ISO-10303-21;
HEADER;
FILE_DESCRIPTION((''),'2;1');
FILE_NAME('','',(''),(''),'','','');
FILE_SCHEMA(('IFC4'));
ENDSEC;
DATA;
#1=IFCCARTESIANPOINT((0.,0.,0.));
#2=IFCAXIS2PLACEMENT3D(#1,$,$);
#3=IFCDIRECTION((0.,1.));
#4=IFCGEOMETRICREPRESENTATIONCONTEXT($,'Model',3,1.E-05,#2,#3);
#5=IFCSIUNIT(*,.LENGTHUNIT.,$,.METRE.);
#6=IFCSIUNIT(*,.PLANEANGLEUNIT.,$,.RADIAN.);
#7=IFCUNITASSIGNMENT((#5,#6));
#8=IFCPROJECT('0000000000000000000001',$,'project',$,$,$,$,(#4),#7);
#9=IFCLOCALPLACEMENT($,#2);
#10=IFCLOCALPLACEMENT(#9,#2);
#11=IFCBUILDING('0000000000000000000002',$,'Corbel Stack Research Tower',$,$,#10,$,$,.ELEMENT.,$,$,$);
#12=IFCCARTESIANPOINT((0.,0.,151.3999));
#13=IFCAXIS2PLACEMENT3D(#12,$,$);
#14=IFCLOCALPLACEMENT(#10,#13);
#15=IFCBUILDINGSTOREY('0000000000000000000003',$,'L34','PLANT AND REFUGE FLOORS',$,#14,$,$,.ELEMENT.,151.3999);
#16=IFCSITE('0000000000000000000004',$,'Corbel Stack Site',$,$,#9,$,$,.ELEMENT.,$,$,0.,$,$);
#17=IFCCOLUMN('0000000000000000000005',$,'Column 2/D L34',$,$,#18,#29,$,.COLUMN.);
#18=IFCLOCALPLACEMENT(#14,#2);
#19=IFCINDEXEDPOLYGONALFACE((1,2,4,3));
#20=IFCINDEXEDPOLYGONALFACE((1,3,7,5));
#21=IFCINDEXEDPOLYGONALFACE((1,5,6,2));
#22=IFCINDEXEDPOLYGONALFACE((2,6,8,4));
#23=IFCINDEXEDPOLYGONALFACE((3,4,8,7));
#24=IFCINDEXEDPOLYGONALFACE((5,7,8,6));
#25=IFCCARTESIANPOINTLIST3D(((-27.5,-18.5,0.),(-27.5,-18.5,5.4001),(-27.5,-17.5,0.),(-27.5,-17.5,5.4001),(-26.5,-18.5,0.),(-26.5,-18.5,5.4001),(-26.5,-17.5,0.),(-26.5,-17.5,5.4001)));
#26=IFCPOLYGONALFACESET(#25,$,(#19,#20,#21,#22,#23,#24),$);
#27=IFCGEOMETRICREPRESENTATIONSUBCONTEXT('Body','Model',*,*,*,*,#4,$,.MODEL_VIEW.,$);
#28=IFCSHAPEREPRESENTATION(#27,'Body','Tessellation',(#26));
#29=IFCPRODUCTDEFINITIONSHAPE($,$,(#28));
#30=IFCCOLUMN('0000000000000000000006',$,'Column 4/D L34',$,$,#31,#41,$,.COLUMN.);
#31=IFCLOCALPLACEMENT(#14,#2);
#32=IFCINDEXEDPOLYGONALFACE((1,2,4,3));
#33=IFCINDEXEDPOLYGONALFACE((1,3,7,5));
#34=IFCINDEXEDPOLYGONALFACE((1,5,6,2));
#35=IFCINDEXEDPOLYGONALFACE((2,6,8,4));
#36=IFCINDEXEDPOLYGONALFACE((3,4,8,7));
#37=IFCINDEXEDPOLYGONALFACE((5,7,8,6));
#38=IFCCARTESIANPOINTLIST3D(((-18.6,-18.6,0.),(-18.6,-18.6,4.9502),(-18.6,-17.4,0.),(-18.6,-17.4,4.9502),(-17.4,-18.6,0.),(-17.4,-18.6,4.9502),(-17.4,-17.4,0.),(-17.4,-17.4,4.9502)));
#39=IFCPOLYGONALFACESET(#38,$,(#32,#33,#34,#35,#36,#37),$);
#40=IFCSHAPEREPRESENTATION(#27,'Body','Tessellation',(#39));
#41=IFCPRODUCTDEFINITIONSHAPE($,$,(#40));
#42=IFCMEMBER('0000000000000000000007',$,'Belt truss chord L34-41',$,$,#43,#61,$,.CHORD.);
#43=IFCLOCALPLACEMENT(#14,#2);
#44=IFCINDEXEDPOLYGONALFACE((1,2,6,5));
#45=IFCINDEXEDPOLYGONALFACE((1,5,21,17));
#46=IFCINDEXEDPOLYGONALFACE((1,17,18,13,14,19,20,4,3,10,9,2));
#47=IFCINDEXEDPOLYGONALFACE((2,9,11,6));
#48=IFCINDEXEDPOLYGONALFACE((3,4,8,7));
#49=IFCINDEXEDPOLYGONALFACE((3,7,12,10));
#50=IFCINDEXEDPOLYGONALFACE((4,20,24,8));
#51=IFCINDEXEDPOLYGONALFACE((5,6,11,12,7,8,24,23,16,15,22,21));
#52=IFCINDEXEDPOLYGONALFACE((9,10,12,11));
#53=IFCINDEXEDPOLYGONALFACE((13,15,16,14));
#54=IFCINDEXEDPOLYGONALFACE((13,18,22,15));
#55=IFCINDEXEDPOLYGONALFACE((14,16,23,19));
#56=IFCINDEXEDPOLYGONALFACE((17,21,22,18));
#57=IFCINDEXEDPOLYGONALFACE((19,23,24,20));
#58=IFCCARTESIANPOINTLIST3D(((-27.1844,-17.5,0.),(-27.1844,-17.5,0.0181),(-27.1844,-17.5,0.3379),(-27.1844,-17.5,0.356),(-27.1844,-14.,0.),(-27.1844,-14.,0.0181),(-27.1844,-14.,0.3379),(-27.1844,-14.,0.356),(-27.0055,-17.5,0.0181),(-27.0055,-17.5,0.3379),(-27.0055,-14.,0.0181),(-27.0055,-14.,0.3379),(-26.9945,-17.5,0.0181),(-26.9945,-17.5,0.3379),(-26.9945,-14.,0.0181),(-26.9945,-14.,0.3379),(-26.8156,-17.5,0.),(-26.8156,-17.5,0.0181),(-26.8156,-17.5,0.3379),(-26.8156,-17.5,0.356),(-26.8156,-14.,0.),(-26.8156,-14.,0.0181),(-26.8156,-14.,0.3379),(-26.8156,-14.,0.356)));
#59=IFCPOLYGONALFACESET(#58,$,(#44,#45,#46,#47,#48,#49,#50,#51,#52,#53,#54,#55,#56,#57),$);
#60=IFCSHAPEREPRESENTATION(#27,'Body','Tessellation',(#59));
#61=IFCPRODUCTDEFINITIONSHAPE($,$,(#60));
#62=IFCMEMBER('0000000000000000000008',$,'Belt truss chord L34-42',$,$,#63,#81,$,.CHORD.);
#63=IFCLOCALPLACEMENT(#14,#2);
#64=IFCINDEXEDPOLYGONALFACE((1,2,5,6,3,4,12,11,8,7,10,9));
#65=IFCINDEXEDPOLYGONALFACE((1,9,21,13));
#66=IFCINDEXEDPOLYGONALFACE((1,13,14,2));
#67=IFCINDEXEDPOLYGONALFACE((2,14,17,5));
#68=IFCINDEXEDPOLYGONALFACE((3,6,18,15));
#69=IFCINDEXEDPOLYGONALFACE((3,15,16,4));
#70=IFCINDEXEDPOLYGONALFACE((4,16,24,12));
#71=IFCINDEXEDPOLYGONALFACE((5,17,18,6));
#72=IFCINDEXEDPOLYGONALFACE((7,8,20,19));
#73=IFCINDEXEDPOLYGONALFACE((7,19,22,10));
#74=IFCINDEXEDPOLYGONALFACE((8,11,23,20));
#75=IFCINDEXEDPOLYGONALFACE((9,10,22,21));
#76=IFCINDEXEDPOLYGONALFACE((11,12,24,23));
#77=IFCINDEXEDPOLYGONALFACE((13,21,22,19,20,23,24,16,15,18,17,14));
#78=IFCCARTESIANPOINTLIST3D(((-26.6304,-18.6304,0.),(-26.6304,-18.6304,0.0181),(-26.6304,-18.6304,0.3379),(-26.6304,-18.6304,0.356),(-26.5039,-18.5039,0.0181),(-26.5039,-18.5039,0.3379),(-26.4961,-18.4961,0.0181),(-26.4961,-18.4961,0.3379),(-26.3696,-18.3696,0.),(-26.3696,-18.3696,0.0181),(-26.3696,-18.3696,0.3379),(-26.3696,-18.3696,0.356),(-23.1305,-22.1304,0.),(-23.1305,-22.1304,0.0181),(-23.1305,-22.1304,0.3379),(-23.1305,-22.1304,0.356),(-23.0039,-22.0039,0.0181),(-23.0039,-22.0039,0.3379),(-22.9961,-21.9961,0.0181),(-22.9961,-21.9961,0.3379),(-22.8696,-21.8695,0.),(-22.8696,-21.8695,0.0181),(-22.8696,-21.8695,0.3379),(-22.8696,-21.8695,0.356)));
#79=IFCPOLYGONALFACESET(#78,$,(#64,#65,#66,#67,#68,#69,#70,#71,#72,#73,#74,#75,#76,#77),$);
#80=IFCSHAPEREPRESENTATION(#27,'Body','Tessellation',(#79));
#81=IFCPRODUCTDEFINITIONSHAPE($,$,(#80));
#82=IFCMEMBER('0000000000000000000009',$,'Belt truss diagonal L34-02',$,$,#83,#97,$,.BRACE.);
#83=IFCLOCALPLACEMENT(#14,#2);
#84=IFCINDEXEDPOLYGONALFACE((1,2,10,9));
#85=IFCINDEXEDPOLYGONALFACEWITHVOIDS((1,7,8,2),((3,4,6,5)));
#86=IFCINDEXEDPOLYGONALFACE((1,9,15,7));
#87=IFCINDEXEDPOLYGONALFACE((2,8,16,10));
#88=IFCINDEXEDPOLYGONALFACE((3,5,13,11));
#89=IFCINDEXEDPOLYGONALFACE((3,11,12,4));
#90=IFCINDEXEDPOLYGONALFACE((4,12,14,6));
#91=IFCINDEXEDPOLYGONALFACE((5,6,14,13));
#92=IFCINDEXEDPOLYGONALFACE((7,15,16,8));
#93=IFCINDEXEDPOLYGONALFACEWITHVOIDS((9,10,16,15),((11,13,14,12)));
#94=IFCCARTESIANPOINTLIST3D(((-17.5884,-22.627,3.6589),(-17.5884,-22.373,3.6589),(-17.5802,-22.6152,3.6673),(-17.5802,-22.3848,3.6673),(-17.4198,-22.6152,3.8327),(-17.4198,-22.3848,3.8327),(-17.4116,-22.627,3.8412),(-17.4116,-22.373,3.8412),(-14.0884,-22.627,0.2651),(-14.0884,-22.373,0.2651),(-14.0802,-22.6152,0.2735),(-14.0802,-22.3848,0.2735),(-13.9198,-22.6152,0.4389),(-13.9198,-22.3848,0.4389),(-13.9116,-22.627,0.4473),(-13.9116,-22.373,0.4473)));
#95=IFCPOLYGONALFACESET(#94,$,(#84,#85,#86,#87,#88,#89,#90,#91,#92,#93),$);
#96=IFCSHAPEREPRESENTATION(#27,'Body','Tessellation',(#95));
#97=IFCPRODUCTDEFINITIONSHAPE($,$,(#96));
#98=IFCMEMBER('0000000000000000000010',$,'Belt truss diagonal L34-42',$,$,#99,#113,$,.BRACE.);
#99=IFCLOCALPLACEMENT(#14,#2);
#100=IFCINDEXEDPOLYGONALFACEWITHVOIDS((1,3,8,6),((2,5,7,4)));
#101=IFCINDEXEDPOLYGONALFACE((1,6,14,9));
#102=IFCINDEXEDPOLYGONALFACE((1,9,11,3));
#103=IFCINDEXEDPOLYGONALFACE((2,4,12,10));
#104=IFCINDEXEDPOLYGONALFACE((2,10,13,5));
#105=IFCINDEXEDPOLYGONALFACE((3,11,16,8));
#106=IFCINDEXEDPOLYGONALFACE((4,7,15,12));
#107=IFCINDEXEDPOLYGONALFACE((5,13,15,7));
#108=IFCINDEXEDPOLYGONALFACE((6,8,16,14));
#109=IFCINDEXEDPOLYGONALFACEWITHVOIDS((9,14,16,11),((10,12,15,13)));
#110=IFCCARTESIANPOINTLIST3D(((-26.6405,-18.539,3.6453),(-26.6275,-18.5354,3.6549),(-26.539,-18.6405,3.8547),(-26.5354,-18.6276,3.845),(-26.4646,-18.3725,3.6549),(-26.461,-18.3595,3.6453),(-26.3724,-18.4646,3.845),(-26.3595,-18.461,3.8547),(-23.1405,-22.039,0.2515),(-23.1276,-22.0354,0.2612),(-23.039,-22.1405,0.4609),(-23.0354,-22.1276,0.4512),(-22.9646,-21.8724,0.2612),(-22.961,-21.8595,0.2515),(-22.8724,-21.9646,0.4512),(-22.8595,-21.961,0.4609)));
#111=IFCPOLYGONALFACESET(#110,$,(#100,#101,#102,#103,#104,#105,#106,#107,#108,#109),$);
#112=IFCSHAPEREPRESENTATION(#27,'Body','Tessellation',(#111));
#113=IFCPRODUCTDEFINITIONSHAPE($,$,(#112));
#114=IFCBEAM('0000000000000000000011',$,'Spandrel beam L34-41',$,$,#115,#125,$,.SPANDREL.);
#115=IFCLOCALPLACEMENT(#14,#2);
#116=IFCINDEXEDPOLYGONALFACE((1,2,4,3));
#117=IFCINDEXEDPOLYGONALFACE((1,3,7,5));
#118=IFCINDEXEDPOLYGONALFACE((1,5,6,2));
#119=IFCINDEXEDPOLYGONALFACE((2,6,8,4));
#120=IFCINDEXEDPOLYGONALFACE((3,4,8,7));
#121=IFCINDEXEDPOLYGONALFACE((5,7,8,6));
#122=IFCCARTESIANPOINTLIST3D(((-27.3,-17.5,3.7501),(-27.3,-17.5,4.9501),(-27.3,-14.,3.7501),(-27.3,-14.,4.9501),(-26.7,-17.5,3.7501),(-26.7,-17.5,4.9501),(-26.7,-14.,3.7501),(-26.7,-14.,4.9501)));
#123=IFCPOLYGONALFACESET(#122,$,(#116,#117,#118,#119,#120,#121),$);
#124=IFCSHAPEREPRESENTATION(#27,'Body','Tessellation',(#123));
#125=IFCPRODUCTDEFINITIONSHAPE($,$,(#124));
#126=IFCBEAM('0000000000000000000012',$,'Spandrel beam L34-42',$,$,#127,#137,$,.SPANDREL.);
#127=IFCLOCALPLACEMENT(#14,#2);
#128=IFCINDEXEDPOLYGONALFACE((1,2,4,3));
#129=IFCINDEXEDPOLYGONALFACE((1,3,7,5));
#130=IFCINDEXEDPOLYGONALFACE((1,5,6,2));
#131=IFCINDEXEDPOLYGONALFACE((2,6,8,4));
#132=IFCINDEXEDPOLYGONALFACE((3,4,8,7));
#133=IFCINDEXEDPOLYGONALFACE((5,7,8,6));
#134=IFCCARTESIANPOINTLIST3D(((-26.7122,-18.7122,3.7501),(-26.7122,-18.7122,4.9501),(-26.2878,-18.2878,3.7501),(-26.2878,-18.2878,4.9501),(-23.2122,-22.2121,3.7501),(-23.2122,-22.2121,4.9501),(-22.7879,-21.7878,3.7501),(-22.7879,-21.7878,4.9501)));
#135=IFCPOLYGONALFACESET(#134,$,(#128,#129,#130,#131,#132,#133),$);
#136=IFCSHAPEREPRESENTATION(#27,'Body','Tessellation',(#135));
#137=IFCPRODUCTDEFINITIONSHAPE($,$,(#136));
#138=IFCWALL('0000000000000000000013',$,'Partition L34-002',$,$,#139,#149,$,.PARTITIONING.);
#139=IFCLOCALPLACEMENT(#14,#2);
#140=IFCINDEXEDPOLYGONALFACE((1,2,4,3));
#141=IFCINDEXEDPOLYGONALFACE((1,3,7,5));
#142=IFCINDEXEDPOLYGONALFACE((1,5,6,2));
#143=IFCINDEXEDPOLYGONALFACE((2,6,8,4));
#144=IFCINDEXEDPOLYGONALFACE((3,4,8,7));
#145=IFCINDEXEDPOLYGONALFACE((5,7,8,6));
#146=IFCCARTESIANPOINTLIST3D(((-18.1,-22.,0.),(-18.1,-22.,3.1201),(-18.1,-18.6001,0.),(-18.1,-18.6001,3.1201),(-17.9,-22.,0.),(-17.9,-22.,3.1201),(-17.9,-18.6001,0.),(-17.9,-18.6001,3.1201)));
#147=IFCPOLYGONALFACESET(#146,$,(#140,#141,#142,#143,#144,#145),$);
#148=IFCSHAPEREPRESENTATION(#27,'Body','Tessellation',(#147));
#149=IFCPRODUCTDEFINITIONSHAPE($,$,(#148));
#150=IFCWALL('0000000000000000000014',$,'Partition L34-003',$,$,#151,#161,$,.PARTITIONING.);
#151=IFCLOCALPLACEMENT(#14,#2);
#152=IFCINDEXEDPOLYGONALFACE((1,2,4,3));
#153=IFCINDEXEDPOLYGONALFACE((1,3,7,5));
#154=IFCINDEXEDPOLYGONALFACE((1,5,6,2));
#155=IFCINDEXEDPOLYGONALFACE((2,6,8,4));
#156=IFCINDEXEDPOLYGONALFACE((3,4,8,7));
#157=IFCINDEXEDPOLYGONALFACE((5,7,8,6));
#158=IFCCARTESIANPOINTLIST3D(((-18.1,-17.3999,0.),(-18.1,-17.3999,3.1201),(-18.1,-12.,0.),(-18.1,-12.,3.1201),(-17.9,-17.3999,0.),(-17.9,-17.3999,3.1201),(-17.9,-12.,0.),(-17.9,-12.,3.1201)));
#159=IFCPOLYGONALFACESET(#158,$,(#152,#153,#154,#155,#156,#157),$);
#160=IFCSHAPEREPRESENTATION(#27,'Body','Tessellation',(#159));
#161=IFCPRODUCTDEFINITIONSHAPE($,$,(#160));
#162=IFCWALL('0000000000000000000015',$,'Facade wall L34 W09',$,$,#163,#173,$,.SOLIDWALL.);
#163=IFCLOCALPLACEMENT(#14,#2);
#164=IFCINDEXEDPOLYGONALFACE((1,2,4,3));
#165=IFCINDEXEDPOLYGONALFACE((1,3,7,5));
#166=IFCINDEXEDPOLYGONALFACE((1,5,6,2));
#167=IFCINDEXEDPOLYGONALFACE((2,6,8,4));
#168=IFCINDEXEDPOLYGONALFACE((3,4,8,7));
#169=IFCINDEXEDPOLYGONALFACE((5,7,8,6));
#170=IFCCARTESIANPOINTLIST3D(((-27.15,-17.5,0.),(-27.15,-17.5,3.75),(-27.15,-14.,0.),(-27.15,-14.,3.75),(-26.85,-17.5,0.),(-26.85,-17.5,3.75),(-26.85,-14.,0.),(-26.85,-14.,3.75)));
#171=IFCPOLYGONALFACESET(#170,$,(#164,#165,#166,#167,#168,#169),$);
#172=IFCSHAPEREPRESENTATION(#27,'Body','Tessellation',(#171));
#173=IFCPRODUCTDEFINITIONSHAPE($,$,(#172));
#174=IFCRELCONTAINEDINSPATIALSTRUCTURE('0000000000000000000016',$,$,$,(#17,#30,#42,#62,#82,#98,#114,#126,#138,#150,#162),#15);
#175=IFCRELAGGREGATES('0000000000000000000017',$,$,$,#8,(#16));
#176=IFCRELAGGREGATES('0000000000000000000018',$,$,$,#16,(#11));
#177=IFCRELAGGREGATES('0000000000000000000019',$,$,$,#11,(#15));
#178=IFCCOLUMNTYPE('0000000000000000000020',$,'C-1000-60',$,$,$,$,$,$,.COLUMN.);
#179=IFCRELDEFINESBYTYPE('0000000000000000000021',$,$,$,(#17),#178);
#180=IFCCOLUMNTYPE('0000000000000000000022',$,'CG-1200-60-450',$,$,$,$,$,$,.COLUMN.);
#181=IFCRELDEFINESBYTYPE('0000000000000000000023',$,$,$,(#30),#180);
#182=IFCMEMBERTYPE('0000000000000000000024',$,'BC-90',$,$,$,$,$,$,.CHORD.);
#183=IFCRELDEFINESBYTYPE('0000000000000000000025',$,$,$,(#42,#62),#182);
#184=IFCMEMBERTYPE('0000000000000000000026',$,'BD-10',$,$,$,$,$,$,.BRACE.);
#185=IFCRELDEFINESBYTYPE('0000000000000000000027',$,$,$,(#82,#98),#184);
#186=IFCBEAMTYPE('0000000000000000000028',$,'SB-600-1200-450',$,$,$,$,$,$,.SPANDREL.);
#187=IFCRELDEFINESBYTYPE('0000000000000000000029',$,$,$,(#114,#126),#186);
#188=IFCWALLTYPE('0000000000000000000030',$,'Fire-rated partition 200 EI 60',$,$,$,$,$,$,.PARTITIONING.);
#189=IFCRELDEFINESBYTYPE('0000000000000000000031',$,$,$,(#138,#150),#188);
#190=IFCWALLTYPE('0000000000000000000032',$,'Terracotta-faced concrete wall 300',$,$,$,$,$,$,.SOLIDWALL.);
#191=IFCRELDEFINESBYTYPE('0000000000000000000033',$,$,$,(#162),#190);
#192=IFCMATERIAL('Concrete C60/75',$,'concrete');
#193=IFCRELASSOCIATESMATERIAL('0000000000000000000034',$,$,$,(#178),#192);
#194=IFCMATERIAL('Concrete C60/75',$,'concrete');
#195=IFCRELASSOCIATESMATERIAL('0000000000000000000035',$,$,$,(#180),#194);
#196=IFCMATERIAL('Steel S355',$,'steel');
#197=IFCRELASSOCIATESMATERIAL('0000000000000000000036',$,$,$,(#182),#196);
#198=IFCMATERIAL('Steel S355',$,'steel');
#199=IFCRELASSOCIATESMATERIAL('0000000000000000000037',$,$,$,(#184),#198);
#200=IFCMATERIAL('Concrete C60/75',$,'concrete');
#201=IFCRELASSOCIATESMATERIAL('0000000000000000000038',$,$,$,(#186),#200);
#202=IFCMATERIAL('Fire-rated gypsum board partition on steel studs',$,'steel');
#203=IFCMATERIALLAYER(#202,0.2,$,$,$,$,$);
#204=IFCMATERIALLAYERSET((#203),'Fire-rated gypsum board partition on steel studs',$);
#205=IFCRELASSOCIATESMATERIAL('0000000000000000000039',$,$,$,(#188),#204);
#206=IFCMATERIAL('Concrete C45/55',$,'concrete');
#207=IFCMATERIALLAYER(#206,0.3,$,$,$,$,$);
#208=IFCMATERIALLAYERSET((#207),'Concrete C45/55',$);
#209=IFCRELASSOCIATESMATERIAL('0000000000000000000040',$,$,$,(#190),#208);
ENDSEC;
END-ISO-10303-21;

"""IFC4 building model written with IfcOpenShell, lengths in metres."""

from ifc_helpers import new_model, si_unit, direction, frame, frame_2d, origin, origin_2d, place, context, subcontext, project, spatial, rectangle, hollow_rectangle, i_section, extrude, material, layer, layer_set, material_profile, profile_set, type_object, element, save


model = new_model("IFC4")

# Units and contexts
model_context = context("Model", 3, precision=1e-05, world=origin(), true_north=direction((0.0, 1.0)))
body_context = subcontext(model_context, "Body", "Model", "MODEL_VIEW")
ifc_project = project(units=[si_unit("LENGTHUNIT", "METRE"), si_unit("PLANEANGLEUNIT", "RADIAN")], contexts=[model_context])

# Site, building, storey
site_placement = place(None, origin())
site = spatial("IfcSite", under=ifc_project, at=site_placement, Name="Corbel Stack Site", CompositionType="ELEMENT", RefElevation=0.0)
building_placement = place(site_placement, origin())
building = spatial("IfcBuilding", under=site, at=building_placement, Name="Corbel Stack Research Tower", CompositionType="ELEMENT")
storey_placement = place(building_placement, frame((0.0, 0.0, 151.3999)))
storey = spatial("IfcBuildingStorey", under=building, at=storey_placement, Name="L34", Description="PLANT AND REFUGE FLOORS", CompositionType="ELEMENT", Elevation=151.3999)

# Columns
ifc_material_1 = material(Name="Concrete C60/75", Category="concrete")
ifc_material_profile_1 = material_profile(ifc_material_1, rectangle(XDim=1.0, YDim=1.0, at=origin_2d()), Name="RC 1000 x 1000")
ifc_profile_set_1 = profile_set([ifc_material_profile_1], Name="Concrete C60/75")
column_type_1 = type_object("IfcColumnType", Name="C-1000-60", PredefinedType="COLUMN", material=ifc_profile_set_1)
column_1_placement = place(storey_placement, frame((-27.0, -18.0, 0.0), z_axis=(0.0, 0.0, 1.0), x_axis=(1.0, 0.0, 0.0)))
element("IfcColumn", 1, at=column_1_placement, inside=storey, type_object=column_type_1, Name="Column 2/D L34", PredefinedType="COLUMN", context=body_context, shape_type="SweptSolid", body=[
    extrude(rectangle(XDim=1.0, YDim=1.0, at=origin_2d()), origin(), (0.0, 0.0, 1.0), 5.4001),
])
ifc_material_2 = material(Name="Concrete C60/75", Category="concrete")
ifc_material_profile_2 = material_profile(ifc_material_2, rectangle(XDim=1.2, YDim=1.2, at=origin_2d()), Name="RC 1200 x 1200")
ifc_profile_set_2 = profile_set([ifc_material_profile_2], Name="Concrete C60/75")
column_type_2 = type_object("IfcColumnType", Name="CG-1200-60-450", PredefinedType="COLUMN", material=ifc_profile_set_2)
column_2_placement = place(storey_placement, frame((-18.0, -18.0, 0.0), z_axis=(0.0, 0.0, 1.0), x_axis=(1.0, 0.0, 0.0)))
element("IfcColumn", 2, at=column_2_placement, inside=storey, type_object=column_type_2, Name="Column 4/D L34", PredefinedType="COLUMN", context=body_context, shape_type="SweptSolid", body=[
    extrude(rectangle(XDim=1.2, YDim=1.2, at=origin_2d()), origin(), (0.0, 0.0, 1.0), 4.9502),
])

# Members
ifc_material_3 = material(Name="Steel S355", Category="steel")
ifc_material_profile_3 = material_profile(ifc_material_3, i_section(OverallWidth=0.3689, OverallDepth=0.356, WebThickness=0.011, FlangeThickness=0.0181, at=origin_2d()), Name="W14x90")
ifc_profile_set_3 = profile_set([ifc_material_profile_3], Name="Steel S355")
member_type_1 = type_object("IfcMemberType", Name="BC-90", PredefinedType="CHORD", material=ifc_profile_set_3)
member_1_placement = place(storey_placement, frame((-27.0, -14.0, 0.178), z_axis=(0.0, -1.0, 0.0), x_axis=(1.0, 0.0, 0.0)))
element("IfcMember", 3, at=member_1_placement, inside=storey, type_object=member_type_1, Name="Belt truss chord L34-41", PredefinedType="CHORD", context=body_context, shape_type="SweptSolid", body=[
    extrude(i_section(OverallWidth=0.3689, OverallDepth=0.356, WebThickness=0.011, FlangeThickness=0.0181, at=origin_2d()), origin(), (0.0, 0.0, 1.0), 3.5),
])
member_2_placement = place(storey_placement, frame((-26.5, -18.5, 0.178), z_axis=(0.707107, -0.707107, 0.0), x_axis=(0.707107, 0.707107, 0.0)))
element("IfcMember", 4, at=member_2_placement, inside=storey, type_object=member_type_1, Name="Belt truss chord L34-42", PredefinedType="CHORD", context=body_context, shape_type="SweptSolid", body=[
    extrude(i_section(OverallWidth=0.3689, OverallDepth=0.356, WebThickness=0.011, FlangeThickness=0.0181, at=origin_2d()), origin(), (0.0, 0.0, 1.0), 4.9497),
])
ifc_material_4 = material(Name="Steel S355", Category="steel")
ifc_material_profile_4 = material_profile(ifc_material_4, hollow_rectangle(XDim=0.2539, YDim=0.2539, WallThickness=0.0117, at=origin_2d()), Name="HSS10x10x1/2")
ifc_profile_set_4 = profile_set([ifc_material_profile_4], Name="Steel S355")
member_type_2 = type_object("IfcMemberType", Name="BD-10", PredefinedType="BRACE", material=ifc_profile_set_4)
member_3_placement = place(storey_placement, frame((-14.0, -22.5, 0.3562), z_axis=(-0.717915, 0.0, 0.696131), x_axis=(0.0, -1.0, 0.0)))
element("IfcMember", 5, at=member_3_placement, inside=storey, type_object=member_type_2, Name="Belt truss diagonal L34-02", PredefinedType="BRACE", context=body_context, shape_type="SweptSolid", body=[
    extrude(hollow_rectangle(XDim=0.2539, YDim=0.2539, WallThickness=0.0117, at=origin_2d()), origin(), (0.0, 0.0, 1.0), 4.8752),
])
member_4_placement = place(storey_placement, frame((-23.0, -22.0, 0.3562), z_axis=(-0.583189, 0.583189, 0.565493), x_axis=(-0.707107, -0.707107, 0.0)))
element("IfcMember", 6, at=member_4_placement, inside=storey, type_object=member_type_2, Name="Belt truss diagonal L34-42", PredefinedType="BRACE", context=body_context, shape_type="SweptSolid", body=[
    extrude(hollow_rectangle(XDim=0.2539, YDim=0.2539, WallThickness=0.0117, at=origin_2d()), origin(), (0.0, 0.0, 1.0), 6.0015),
])

# Beams
ifc_material_5 = material(Name="Concrete C60/75", Category="concrete")
ifc_material_profile_5 = material_profile(ifc_material_5, rectangle(XDim=0.6001, YDim=1.2, at=origin_2d()), Name="RC 600 x 1200")
ifc_profile_set_5 = profile_set([ifc_material_profile_5], Name="Concrete C60/75")
beam_type = type_object("IfcBeamType", Name="SB-600-1200-450", PredefinedType="SPANDREL", material=ifc_profile_set_5)
beam_1_placement = place(storey_placement, frame((-27.0, -14.0, 4.3501), z_axis=(0.0, -1.0, 0.0), x_axis=(1.0, 0.0, 0.0)))
element("IfcBeam", 7, at=beam_1_placement, inside=storey, type_object=beam_type, Name="Spandrel beam L34-41", PredefinedType="SPANDREL", context=body_context, shape_type="SweptSolid", body=[
    extrude(rectangle(XDim=0.6001, YDim=1.2, at=origin_2d()), origin(), (0.0, 0.0, 1.0), 3.5),
])
beam_2_placement = place(storey_placement, frame((-26.5, -18.5, 4.3501), z_axis=(0.707107, -0.707107, 0.0), x_axis=(0.707107, 0.707107, 0.0)))
element("IfcBeam", 8, at=beam_2_placement, inside=storey, type_object=beam_type, Name="Spandrel beam L34-42", PredefinedType="SPANDREL", context=body_context, shape_type="SweptSolid", body=[
    extrude(rectangle(XDim=0.6001, YDim=1.2, at=origin_2d()), origin(), (0.0, 0.0, 1.0), 4.9497),
])

# Walls
ifc_material_6 = material(Name="Fire-rated gypsum board partition on steel studs", Category="steel")
ifc_layer_1 = layer(ifc_material_6, 0.2)
ifc_layer_set_1 = layer_set([ifc_layer_1], Name="Fire-rated gypsum board partition on steel studs")
wall_type_1 = type_object("IfcWallType", Name="Fire-rated partition 200 EI 60", PredefinedType="PARTITIONING", material=ifc_layer_set_1)
wall_1_placement = place(storey_placement, frame((-18.0, -22.0, 0.0), z_axis=(0.0, 0.0, 1.0), x_axis=(0.0, 1.0, 0.0)))
element("IfcWall", 9, at=wall_1_placement, inside=storey, type_object=wall_type_1, Name="Partition L34-002", PredefinedType="PARTITIONING", context=body_context, shape_type="SweptSolid", body=[
    extrude(rectangle(XDim=3.3999, YDim=0.2, at=frame_2d((1.7, 0.0))), origin(), (0.0, 0.0, 1.0), 3.1201),
])
wall_2_placement = place(storey_placement, frame((-18.0, -17.3999, 0.0), z_axis=(0.0, 0.0, 1.0), x_axis=(0.0, 1.0, 0.0)))
element("IfcWall", 10, at=wall_2_placement, inside=storey, type_object=wall_type_1, Name="Partition L34-003", PredefinedType="PARTITIONING", context=body_context, shape_type="SweptSolid", body=[
    extrude(rectangle(XDim=5.3999, YDim=0.2, at=frame_2d((2.7, 0.0))), origin(), (0.0, 0.0, 1.0), 3.1201),
])
ifc_material_7 = material(Name="Concrete C45/55", Category="concrete")
ifc_layer_2 = layer(ifc_material_7, 0.3)
ifc_layer_set_2 = layer_set([ifc_layer_2], Name="Concrete C45/55")
wall_type_2 = type_object("IfcWallType", Name="Terracotta-faced concrete wall 300", PredefinedType="SOLIDWALL", material=ifc_layer_set_2)
wall_3_placement = place(storey_placement, frame((-27.0, -17.5, 0.0), z_axis=(0.0, 0.0, 1.0), x_axis=(0.0, 1.0, 0.0)))
element("IfcWall", 11, at=wall_3_placement, inside=storey, type_object=wall_type_2, Name="Facade wall L34 W09", PredefinedType="SOLIDWALL", context=body_context, shape_type="SweptSolid", body=[
    extrude(rectangle(XDim=3.5, YDim=0.3, at=frame_2d((1.75, 0.0))), origin(), (0.0, 0.0, 1.0), 3.75),
])

save(model, "model.ifc")
